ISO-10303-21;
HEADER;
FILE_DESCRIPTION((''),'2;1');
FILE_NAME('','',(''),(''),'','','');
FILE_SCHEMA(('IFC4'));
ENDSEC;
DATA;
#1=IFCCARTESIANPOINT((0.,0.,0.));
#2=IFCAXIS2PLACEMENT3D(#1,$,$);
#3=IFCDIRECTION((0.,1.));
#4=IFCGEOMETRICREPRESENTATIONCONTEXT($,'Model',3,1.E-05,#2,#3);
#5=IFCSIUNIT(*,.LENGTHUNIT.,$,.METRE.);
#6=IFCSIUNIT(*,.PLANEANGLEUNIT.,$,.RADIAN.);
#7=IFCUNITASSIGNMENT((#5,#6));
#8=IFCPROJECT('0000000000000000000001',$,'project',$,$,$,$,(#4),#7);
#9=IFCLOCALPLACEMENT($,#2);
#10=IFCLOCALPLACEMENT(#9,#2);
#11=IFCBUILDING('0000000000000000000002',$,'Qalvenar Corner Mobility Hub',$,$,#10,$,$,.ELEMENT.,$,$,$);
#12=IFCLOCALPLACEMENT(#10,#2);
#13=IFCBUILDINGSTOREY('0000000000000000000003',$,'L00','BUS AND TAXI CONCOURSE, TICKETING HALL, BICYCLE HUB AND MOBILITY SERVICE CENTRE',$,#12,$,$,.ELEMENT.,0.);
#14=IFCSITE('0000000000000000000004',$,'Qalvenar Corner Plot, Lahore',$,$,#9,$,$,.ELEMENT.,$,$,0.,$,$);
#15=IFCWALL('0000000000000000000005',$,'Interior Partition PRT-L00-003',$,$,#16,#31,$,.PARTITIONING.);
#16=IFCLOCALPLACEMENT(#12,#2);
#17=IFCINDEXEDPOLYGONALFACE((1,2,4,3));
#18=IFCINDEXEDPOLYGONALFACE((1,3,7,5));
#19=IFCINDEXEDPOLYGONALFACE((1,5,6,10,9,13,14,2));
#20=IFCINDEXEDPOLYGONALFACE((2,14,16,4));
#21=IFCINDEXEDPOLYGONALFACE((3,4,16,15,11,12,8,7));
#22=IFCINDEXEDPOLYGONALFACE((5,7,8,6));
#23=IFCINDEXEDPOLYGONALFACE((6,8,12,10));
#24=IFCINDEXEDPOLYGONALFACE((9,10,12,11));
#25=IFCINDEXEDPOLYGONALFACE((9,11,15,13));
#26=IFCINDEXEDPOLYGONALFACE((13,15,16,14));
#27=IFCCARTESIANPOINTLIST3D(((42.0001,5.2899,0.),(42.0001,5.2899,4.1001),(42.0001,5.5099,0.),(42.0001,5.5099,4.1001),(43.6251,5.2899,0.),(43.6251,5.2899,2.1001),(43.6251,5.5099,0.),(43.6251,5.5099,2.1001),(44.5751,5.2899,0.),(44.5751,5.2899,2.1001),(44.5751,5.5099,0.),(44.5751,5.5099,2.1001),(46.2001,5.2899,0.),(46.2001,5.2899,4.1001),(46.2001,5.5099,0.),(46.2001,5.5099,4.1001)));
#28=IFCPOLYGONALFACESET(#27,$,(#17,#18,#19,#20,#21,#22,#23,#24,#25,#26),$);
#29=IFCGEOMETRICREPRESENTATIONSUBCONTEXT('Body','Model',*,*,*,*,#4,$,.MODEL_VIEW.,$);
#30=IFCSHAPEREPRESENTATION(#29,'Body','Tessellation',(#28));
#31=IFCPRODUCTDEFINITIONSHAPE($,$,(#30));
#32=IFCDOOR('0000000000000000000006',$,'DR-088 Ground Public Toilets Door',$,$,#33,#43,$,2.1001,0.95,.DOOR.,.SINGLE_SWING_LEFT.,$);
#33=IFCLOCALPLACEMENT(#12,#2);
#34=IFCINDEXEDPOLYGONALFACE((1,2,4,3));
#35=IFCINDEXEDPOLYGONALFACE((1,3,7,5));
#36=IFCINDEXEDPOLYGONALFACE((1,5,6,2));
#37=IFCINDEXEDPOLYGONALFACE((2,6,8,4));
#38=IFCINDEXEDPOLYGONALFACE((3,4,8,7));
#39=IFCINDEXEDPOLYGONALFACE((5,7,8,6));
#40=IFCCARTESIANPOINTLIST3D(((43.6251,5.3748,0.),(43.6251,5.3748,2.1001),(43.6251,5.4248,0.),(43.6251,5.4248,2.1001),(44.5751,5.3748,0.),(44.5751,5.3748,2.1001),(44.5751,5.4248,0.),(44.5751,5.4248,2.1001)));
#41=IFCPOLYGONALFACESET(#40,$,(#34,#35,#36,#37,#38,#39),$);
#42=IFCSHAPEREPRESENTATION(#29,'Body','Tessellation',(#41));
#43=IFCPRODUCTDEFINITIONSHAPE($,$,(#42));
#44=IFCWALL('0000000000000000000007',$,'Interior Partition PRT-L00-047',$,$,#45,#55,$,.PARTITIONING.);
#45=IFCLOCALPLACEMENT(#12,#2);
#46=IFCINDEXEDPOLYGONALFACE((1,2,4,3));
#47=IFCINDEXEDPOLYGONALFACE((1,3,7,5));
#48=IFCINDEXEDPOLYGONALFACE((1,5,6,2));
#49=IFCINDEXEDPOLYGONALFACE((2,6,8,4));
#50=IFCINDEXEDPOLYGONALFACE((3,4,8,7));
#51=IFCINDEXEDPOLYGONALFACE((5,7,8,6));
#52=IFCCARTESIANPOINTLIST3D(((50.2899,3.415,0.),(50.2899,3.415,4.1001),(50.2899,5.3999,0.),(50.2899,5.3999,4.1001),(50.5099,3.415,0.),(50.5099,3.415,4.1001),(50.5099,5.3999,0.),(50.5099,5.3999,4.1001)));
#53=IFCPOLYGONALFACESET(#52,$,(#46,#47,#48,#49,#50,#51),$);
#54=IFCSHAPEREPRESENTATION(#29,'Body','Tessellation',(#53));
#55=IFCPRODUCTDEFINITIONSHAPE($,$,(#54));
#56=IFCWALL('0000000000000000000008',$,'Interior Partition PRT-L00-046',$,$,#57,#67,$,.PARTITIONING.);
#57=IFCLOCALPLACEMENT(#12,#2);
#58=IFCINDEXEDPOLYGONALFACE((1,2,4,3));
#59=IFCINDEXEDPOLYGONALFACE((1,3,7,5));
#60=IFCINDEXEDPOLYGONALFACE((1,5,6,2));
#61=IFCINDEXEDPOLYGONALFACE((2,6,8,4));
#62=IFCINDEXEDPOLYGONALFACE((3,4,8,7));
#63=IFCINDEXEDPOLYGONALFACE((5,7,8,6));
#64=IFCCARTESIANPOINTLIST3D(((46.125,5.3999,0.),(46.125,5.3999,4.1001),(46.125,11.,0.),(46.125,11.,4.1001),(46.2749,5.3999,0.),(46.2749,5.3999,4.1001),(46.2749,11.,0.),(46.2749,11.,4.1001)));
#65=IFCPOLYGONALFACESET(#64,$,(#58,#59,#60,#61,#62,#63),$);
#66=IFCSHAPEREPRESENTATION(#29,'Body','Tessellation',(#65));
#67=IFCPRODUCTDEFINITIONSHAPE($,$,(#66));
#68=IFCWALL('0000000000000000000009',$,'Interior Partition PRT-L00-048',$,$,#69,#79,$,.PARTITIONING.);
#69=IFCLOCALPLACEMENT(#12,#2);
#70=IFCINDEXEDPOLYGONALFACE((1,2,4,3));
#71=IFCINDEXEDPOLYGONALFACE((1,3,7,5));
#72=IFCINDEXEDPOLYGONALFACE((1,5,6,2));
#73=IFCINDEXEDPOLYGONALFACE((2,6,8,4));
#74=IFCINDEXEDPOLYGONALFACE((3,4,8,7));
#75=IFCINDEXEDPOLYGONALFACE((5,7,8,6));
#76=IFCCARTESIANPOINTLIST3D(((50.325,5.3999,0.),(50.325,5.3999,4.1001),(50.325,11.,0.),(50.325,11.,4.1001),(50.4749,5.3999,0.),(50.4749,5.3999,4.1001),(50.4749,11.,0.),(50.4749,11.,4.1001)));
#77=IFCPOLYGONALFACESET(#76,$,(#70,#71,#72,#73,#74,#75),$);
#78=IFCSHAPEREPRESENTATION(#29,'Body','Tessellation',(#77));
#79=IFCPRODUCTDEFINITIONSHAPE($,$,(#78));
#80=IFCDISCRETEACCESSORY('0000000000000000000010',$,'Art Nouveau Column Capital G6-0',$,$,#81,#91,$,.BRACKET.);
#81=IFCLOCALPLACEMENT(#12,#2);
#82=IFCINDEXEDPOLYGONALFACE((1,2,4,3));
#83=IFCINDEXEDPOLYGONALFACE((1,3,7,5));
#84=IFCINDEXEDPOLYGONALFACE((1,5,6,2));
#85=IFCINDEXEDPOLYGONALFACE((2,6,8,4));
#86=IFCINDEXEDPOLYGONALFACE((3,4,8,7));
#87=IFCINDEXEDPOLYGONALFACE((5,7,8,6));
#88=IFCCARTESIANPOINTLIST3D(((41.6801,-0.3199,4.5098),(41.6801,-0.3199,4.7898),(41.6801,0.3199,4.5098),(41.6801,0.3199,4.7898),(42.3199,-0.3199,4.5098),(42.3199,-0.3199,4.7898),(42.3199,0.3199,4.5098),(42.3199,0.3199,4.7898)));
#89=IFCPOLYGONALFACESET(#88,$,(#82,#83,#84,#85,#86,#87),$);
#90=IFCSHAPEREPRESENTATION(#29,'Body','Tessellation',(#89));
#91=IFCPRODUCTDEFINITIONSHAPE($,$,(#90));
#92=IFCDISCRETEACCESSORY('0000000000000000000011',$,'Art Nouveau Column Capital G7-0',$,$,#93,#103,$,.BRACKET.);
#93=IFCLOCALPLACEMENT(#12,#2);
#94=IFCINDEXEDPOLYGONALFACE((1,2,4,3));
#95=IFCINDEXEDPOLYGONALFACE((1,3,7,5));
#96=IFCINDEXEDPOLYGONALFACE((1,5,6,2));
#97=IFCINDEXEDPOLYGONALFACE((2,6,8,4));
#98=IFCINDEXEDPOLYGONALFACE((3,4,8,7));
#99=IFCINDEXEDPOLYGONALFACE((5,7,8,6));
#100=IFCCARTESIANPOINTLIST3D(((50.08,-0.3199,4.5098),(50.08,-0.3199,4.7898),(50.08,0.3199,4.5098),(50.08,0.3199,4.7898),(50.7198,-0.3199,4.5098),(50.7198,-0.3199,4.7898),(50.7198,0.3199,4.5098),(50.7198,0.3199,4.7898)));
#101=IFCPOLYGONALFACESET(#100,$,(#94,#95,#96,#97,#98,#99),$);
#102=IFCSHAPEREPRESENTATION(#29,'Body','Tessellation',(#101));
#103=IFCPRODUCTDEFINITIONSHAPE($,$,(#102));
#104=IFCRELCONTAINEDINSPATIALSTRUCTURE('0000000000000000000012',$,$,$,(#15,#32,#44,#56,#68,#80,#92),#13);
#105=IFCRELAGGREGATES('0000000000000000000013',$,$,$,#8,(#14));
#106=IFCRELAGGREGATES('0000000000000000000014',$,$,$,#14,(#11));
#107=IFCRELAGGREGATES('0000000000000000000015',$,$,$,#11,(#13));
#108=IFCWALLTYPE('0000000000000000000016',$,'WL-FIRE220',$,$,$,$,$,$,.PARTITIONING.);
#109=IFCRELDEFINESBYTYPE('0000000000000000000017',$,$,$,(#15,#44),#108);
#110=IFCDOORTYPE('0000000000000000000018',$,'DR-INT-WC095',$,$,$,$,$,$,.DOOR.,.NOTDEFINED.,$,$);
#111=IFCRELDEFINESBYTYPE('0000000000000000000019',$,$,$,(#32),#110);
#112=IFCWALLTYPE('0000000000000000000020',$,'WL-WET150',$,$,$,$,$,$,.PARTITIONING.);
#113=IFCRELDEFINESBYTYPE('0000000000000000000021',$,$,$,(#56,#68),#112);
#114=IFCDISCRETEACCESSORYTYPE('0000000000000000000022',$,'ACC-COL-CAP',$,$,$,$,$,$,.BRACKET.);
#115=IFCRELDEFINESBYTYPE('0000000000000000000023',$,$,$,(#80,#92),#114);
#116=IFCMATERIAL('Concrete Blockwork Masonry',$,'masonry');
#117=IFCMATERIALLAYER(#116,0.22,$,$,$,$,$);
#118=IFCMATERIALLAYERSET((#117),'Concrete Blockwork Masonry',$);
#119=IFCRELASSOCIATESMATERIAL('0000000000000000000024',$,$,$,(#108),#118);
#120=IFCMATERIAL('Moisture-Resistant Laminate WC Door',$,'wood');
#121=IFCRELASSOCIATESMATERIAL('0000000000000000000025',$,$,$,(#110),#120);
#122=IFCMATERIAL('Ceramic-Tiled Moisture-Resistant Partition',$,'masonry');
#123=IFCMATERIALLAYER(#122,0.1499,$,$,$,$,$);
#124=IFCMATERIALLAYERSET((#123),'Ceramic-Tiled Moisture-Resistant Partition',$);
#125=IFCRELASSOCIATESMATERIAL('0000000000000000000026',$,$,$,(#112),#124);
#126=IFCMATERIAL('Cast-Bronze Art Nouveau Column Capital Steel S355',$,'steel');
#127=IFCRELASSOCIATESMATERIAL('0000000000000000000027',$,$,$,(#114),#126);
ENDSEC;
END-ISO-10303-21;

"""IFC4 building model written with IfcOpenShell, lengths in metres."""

from ifc_helpers import new_model, si_unit, direction, frame, frame_2d, origin, origin_2d, place, context, subcontext, project, spatial, rectangle, extrude, material, layer, layer_set, type_object, element, fill, save


model = new_model("IFC4")

# Units and contexts
model_context = context("Model", 3, precision=1e-05, world=origin(), true_north=direction((0.0, 1.0)))
body_context = subcontext(model_context, "Body", "Model", "MODEL_VIEW")
ifc_project = project(units=[si_unit("LENGTHUNIT", "METRE"), si_unit("PLANEANGLEUNIT", "RADIAN")], contexts=[model_context])

# Site, building, storey
site_placement = place(None, origin())
site = spatial("IfcSite", under=ifc_project, at=site_placement, Name="Qalvenar Corner Plot, Lahore", CompositionType="ELEMENT", RefElevation=0.0)
building_placement = place(site_placement, origin())
building = spatial("IfcBuilding", under=site, at=building_placement, Name="Qalvenar Corner Mobility Hub", CompositionType="ELEMENT")
storey_placement = place(building_placement, origin())
storey = spatial("IfcBuildingStorey", under=building, at=storey_placement, Name="L00", Description="BUS AND TAXI CONCOURSE, TICKETING HALL, BICYCLE HUB AND MOBILITY SERVICE CENTRE", CompositionType="ELEMENT", Elevation=0.0)

# Wall, opening, door
ifc_material_1 = material(Name="Concrete Blockwork Masonry", Category="masonry")
ifc_layer_1 = layer(ifc_material_1, 0.22)
ifc_layer_set_1 = layer_set([ifc_layer_1], Name="Concrete Blockwork Masonry")
wall_type_1 = type_object("IfcWallType", Name="WL-FIRE220", PredefinedType="PARTITIONING", material=ifc_layer_set_1)
wall_1_placement = place(storey_placement, frame((42.0, 5.3999, 0.0), z_axis=(0.0, 0.0, 1.0), x_axis=(1.0, 0.0, 0.0)))
wall_1 = element("IfcWall", 1, at=wall_1_placement, inside=storey, type_object=wall_type_1, Name="Interior Partition PRT-L00-003", PredefinedType="PARTITIONING", context=body_context, shape_type="SweptSolid", body=[
    extrude(rectangle(XDim=4.2, YDim=0.22, at=frame_2d((2.1001, 0.0))), origin(), (0.0, 0.0, 1.0), 4.1001),
])
opening_1_placement = place(wall_1_placement, frame((1.625, 0.0, 0.0)))
opening_1 = element("IfcOpeningElement", 2, at=opening_1_placement, cuts=wall_1, PredefinedType="OPENING", context=body_context, shape_type="SweptSolid", body=[
    extrude(rectangle(XDim=0.95, YDim=2.1001, at=frame_2d((0.4751, 1.05))), frame((0.0, 0.1201, 0.0), z_axis=(0.0, -1.0, 0.0), x_axis=(1.0, 0.0, 0.0)), (0.0, 0.0, 1.0), 0.24),
])
ifc_material_2 = material(Name="Moisture-Resistant Laminate WC Door", Category="wood")
door_type_1 = type_object("IfcDoorType", Name="DR-INT-WC095", OperationType="NOTDEFINED", PredefinedType="DOOR", material=ifc_material_2)
door_1_placement = place(opening_1_placement, origin())
door_1 = element("IfcDoor", 3, at=door_1_placement, inside=storey, type_object=door_type_1, Name="DR-088 Ground Public Toilets Door", OperationType="SINGLE_SWING_LEFT", OverallHeight=2.1001, OverallWidth=0.95, PredefinedType="DOOR", context=body_context, shape_type="SweptSolid", body=[
    extrude(rectangle(XDim=0.95, YDim=2.1001, at=frame_2d((0.4751, 1.05))), frame((0.0, 0.0249, 0.0), z_axis=(0.0, -1.0, 0.0), x_axis=(1.0, 0.0, 0.0)), (0.0, 0.0, 1.0), 0.05),
])
fill(opening_1, door_1)

# Walls
wall_2_placement = place(storey_placement, frame((50.3999, 3.415, 0.0), z_axis=(0.0, 0.0, 1.0), x_axis=(0.0, 1.0, 0.0)))
element("IfcWall", 4, at=wall_2_placement, inside=storey, type_object=wall_type_1, Name="Interior Partition PRT-L00-047", PredefinedType="PARTITIONING", context=body_context, shape_type="SweptSolid", body=[
    extrude(rectangle(XDim=1.9849, YDim=0.22, at=frame_2d((0.9924, 0.0))), origin(), (0.0, 0.0, 1.0), 4.1001),
])
ifc_material_3 = material(Name="Ceramic-Tiled Moisture-Resistant Partition", Category="masonry")
ifc_layer_2 = layer(ifc_material_3, 0.1499)
ifc_layer_set_2 = layer_set([ifc_layer_2], Name="Ceramic-Tiled Moisture-Resistant Partition")
wall_type_2 = type_object("IfcWallType", Name="WL-WET150", PredefinedType="PARTITIONING", material=ifc_layer_set_2)
for number, where, z_axis, x_axis, name in (
    (5, (46.2, 5.3999, 0.0), (0.0, 0.0, 1.0), (0.0, 1.0, 0.0), "Interior Partition PRT-L00-046"),
    (6, (50.3999, 5.3999, 0.0), (0.0, 0.0, 1.0), (0.0, 1.0, 0.0), "Interior Partition PRT-L00-048"),
):
    element("IfcWall", number, at=place(storey_placement, frame(where, z_axis=z_axis, x_axis=x_axis)), inside=storey, type_object=wall_type_2, Name=name, PredefinedType="PARTITIONING", context=body_context, shape_type="SweptSolid", body=[
        extrude(rectangle(XDim=5.6001, YDim=0.1499, at=frame_2d((2.8, 0.0))), origin(), (0.0, 0.0, 1.0), 4.1001),
    ])

# Discrete accessories
ifc_material_4 = material(Name="Cast-Bronze Art Nouveau Column Capital Steel S355", Category="steel")
discrete_accessory_type = type_object("IfcDiscreteAccessoryType", Name="ACC-COL-CAP", PredefinedType="BRACKET", material=ifc_material_4)
for number, where, z_axis, x_axis, name in (
    (7, (42.0, 0.0, 4.5098), (0.0, 0.0, 1.0), (1.0, 0.0, 0.0), "Art Nouveau Column Capital G6-0"),
    (8, (50.3999, 0.0, 4.5098), (0.0, 0.0, 1.0), (1.0, 0.0, 0.0), "Art Nouveau Column Capital G7-0"),
):
    element("IfcDiscreteAccessory", number, at=place(storey_placement, frame(where, z_axis=z_axis, x_axis=x_axis)), inside=storey, type_object=discrete_accessory_type, Name=name, PredefinedType="BRACKET", context=body_context, shape_type="SweptSolid", body=[
        extrude(rectangle(XDim=0.6399, YDim=0.6399, at=origin_2d()), origin(), (0.0, 0.0, 1.0), 0.28),
    ])

save(model, "model.ifc")
